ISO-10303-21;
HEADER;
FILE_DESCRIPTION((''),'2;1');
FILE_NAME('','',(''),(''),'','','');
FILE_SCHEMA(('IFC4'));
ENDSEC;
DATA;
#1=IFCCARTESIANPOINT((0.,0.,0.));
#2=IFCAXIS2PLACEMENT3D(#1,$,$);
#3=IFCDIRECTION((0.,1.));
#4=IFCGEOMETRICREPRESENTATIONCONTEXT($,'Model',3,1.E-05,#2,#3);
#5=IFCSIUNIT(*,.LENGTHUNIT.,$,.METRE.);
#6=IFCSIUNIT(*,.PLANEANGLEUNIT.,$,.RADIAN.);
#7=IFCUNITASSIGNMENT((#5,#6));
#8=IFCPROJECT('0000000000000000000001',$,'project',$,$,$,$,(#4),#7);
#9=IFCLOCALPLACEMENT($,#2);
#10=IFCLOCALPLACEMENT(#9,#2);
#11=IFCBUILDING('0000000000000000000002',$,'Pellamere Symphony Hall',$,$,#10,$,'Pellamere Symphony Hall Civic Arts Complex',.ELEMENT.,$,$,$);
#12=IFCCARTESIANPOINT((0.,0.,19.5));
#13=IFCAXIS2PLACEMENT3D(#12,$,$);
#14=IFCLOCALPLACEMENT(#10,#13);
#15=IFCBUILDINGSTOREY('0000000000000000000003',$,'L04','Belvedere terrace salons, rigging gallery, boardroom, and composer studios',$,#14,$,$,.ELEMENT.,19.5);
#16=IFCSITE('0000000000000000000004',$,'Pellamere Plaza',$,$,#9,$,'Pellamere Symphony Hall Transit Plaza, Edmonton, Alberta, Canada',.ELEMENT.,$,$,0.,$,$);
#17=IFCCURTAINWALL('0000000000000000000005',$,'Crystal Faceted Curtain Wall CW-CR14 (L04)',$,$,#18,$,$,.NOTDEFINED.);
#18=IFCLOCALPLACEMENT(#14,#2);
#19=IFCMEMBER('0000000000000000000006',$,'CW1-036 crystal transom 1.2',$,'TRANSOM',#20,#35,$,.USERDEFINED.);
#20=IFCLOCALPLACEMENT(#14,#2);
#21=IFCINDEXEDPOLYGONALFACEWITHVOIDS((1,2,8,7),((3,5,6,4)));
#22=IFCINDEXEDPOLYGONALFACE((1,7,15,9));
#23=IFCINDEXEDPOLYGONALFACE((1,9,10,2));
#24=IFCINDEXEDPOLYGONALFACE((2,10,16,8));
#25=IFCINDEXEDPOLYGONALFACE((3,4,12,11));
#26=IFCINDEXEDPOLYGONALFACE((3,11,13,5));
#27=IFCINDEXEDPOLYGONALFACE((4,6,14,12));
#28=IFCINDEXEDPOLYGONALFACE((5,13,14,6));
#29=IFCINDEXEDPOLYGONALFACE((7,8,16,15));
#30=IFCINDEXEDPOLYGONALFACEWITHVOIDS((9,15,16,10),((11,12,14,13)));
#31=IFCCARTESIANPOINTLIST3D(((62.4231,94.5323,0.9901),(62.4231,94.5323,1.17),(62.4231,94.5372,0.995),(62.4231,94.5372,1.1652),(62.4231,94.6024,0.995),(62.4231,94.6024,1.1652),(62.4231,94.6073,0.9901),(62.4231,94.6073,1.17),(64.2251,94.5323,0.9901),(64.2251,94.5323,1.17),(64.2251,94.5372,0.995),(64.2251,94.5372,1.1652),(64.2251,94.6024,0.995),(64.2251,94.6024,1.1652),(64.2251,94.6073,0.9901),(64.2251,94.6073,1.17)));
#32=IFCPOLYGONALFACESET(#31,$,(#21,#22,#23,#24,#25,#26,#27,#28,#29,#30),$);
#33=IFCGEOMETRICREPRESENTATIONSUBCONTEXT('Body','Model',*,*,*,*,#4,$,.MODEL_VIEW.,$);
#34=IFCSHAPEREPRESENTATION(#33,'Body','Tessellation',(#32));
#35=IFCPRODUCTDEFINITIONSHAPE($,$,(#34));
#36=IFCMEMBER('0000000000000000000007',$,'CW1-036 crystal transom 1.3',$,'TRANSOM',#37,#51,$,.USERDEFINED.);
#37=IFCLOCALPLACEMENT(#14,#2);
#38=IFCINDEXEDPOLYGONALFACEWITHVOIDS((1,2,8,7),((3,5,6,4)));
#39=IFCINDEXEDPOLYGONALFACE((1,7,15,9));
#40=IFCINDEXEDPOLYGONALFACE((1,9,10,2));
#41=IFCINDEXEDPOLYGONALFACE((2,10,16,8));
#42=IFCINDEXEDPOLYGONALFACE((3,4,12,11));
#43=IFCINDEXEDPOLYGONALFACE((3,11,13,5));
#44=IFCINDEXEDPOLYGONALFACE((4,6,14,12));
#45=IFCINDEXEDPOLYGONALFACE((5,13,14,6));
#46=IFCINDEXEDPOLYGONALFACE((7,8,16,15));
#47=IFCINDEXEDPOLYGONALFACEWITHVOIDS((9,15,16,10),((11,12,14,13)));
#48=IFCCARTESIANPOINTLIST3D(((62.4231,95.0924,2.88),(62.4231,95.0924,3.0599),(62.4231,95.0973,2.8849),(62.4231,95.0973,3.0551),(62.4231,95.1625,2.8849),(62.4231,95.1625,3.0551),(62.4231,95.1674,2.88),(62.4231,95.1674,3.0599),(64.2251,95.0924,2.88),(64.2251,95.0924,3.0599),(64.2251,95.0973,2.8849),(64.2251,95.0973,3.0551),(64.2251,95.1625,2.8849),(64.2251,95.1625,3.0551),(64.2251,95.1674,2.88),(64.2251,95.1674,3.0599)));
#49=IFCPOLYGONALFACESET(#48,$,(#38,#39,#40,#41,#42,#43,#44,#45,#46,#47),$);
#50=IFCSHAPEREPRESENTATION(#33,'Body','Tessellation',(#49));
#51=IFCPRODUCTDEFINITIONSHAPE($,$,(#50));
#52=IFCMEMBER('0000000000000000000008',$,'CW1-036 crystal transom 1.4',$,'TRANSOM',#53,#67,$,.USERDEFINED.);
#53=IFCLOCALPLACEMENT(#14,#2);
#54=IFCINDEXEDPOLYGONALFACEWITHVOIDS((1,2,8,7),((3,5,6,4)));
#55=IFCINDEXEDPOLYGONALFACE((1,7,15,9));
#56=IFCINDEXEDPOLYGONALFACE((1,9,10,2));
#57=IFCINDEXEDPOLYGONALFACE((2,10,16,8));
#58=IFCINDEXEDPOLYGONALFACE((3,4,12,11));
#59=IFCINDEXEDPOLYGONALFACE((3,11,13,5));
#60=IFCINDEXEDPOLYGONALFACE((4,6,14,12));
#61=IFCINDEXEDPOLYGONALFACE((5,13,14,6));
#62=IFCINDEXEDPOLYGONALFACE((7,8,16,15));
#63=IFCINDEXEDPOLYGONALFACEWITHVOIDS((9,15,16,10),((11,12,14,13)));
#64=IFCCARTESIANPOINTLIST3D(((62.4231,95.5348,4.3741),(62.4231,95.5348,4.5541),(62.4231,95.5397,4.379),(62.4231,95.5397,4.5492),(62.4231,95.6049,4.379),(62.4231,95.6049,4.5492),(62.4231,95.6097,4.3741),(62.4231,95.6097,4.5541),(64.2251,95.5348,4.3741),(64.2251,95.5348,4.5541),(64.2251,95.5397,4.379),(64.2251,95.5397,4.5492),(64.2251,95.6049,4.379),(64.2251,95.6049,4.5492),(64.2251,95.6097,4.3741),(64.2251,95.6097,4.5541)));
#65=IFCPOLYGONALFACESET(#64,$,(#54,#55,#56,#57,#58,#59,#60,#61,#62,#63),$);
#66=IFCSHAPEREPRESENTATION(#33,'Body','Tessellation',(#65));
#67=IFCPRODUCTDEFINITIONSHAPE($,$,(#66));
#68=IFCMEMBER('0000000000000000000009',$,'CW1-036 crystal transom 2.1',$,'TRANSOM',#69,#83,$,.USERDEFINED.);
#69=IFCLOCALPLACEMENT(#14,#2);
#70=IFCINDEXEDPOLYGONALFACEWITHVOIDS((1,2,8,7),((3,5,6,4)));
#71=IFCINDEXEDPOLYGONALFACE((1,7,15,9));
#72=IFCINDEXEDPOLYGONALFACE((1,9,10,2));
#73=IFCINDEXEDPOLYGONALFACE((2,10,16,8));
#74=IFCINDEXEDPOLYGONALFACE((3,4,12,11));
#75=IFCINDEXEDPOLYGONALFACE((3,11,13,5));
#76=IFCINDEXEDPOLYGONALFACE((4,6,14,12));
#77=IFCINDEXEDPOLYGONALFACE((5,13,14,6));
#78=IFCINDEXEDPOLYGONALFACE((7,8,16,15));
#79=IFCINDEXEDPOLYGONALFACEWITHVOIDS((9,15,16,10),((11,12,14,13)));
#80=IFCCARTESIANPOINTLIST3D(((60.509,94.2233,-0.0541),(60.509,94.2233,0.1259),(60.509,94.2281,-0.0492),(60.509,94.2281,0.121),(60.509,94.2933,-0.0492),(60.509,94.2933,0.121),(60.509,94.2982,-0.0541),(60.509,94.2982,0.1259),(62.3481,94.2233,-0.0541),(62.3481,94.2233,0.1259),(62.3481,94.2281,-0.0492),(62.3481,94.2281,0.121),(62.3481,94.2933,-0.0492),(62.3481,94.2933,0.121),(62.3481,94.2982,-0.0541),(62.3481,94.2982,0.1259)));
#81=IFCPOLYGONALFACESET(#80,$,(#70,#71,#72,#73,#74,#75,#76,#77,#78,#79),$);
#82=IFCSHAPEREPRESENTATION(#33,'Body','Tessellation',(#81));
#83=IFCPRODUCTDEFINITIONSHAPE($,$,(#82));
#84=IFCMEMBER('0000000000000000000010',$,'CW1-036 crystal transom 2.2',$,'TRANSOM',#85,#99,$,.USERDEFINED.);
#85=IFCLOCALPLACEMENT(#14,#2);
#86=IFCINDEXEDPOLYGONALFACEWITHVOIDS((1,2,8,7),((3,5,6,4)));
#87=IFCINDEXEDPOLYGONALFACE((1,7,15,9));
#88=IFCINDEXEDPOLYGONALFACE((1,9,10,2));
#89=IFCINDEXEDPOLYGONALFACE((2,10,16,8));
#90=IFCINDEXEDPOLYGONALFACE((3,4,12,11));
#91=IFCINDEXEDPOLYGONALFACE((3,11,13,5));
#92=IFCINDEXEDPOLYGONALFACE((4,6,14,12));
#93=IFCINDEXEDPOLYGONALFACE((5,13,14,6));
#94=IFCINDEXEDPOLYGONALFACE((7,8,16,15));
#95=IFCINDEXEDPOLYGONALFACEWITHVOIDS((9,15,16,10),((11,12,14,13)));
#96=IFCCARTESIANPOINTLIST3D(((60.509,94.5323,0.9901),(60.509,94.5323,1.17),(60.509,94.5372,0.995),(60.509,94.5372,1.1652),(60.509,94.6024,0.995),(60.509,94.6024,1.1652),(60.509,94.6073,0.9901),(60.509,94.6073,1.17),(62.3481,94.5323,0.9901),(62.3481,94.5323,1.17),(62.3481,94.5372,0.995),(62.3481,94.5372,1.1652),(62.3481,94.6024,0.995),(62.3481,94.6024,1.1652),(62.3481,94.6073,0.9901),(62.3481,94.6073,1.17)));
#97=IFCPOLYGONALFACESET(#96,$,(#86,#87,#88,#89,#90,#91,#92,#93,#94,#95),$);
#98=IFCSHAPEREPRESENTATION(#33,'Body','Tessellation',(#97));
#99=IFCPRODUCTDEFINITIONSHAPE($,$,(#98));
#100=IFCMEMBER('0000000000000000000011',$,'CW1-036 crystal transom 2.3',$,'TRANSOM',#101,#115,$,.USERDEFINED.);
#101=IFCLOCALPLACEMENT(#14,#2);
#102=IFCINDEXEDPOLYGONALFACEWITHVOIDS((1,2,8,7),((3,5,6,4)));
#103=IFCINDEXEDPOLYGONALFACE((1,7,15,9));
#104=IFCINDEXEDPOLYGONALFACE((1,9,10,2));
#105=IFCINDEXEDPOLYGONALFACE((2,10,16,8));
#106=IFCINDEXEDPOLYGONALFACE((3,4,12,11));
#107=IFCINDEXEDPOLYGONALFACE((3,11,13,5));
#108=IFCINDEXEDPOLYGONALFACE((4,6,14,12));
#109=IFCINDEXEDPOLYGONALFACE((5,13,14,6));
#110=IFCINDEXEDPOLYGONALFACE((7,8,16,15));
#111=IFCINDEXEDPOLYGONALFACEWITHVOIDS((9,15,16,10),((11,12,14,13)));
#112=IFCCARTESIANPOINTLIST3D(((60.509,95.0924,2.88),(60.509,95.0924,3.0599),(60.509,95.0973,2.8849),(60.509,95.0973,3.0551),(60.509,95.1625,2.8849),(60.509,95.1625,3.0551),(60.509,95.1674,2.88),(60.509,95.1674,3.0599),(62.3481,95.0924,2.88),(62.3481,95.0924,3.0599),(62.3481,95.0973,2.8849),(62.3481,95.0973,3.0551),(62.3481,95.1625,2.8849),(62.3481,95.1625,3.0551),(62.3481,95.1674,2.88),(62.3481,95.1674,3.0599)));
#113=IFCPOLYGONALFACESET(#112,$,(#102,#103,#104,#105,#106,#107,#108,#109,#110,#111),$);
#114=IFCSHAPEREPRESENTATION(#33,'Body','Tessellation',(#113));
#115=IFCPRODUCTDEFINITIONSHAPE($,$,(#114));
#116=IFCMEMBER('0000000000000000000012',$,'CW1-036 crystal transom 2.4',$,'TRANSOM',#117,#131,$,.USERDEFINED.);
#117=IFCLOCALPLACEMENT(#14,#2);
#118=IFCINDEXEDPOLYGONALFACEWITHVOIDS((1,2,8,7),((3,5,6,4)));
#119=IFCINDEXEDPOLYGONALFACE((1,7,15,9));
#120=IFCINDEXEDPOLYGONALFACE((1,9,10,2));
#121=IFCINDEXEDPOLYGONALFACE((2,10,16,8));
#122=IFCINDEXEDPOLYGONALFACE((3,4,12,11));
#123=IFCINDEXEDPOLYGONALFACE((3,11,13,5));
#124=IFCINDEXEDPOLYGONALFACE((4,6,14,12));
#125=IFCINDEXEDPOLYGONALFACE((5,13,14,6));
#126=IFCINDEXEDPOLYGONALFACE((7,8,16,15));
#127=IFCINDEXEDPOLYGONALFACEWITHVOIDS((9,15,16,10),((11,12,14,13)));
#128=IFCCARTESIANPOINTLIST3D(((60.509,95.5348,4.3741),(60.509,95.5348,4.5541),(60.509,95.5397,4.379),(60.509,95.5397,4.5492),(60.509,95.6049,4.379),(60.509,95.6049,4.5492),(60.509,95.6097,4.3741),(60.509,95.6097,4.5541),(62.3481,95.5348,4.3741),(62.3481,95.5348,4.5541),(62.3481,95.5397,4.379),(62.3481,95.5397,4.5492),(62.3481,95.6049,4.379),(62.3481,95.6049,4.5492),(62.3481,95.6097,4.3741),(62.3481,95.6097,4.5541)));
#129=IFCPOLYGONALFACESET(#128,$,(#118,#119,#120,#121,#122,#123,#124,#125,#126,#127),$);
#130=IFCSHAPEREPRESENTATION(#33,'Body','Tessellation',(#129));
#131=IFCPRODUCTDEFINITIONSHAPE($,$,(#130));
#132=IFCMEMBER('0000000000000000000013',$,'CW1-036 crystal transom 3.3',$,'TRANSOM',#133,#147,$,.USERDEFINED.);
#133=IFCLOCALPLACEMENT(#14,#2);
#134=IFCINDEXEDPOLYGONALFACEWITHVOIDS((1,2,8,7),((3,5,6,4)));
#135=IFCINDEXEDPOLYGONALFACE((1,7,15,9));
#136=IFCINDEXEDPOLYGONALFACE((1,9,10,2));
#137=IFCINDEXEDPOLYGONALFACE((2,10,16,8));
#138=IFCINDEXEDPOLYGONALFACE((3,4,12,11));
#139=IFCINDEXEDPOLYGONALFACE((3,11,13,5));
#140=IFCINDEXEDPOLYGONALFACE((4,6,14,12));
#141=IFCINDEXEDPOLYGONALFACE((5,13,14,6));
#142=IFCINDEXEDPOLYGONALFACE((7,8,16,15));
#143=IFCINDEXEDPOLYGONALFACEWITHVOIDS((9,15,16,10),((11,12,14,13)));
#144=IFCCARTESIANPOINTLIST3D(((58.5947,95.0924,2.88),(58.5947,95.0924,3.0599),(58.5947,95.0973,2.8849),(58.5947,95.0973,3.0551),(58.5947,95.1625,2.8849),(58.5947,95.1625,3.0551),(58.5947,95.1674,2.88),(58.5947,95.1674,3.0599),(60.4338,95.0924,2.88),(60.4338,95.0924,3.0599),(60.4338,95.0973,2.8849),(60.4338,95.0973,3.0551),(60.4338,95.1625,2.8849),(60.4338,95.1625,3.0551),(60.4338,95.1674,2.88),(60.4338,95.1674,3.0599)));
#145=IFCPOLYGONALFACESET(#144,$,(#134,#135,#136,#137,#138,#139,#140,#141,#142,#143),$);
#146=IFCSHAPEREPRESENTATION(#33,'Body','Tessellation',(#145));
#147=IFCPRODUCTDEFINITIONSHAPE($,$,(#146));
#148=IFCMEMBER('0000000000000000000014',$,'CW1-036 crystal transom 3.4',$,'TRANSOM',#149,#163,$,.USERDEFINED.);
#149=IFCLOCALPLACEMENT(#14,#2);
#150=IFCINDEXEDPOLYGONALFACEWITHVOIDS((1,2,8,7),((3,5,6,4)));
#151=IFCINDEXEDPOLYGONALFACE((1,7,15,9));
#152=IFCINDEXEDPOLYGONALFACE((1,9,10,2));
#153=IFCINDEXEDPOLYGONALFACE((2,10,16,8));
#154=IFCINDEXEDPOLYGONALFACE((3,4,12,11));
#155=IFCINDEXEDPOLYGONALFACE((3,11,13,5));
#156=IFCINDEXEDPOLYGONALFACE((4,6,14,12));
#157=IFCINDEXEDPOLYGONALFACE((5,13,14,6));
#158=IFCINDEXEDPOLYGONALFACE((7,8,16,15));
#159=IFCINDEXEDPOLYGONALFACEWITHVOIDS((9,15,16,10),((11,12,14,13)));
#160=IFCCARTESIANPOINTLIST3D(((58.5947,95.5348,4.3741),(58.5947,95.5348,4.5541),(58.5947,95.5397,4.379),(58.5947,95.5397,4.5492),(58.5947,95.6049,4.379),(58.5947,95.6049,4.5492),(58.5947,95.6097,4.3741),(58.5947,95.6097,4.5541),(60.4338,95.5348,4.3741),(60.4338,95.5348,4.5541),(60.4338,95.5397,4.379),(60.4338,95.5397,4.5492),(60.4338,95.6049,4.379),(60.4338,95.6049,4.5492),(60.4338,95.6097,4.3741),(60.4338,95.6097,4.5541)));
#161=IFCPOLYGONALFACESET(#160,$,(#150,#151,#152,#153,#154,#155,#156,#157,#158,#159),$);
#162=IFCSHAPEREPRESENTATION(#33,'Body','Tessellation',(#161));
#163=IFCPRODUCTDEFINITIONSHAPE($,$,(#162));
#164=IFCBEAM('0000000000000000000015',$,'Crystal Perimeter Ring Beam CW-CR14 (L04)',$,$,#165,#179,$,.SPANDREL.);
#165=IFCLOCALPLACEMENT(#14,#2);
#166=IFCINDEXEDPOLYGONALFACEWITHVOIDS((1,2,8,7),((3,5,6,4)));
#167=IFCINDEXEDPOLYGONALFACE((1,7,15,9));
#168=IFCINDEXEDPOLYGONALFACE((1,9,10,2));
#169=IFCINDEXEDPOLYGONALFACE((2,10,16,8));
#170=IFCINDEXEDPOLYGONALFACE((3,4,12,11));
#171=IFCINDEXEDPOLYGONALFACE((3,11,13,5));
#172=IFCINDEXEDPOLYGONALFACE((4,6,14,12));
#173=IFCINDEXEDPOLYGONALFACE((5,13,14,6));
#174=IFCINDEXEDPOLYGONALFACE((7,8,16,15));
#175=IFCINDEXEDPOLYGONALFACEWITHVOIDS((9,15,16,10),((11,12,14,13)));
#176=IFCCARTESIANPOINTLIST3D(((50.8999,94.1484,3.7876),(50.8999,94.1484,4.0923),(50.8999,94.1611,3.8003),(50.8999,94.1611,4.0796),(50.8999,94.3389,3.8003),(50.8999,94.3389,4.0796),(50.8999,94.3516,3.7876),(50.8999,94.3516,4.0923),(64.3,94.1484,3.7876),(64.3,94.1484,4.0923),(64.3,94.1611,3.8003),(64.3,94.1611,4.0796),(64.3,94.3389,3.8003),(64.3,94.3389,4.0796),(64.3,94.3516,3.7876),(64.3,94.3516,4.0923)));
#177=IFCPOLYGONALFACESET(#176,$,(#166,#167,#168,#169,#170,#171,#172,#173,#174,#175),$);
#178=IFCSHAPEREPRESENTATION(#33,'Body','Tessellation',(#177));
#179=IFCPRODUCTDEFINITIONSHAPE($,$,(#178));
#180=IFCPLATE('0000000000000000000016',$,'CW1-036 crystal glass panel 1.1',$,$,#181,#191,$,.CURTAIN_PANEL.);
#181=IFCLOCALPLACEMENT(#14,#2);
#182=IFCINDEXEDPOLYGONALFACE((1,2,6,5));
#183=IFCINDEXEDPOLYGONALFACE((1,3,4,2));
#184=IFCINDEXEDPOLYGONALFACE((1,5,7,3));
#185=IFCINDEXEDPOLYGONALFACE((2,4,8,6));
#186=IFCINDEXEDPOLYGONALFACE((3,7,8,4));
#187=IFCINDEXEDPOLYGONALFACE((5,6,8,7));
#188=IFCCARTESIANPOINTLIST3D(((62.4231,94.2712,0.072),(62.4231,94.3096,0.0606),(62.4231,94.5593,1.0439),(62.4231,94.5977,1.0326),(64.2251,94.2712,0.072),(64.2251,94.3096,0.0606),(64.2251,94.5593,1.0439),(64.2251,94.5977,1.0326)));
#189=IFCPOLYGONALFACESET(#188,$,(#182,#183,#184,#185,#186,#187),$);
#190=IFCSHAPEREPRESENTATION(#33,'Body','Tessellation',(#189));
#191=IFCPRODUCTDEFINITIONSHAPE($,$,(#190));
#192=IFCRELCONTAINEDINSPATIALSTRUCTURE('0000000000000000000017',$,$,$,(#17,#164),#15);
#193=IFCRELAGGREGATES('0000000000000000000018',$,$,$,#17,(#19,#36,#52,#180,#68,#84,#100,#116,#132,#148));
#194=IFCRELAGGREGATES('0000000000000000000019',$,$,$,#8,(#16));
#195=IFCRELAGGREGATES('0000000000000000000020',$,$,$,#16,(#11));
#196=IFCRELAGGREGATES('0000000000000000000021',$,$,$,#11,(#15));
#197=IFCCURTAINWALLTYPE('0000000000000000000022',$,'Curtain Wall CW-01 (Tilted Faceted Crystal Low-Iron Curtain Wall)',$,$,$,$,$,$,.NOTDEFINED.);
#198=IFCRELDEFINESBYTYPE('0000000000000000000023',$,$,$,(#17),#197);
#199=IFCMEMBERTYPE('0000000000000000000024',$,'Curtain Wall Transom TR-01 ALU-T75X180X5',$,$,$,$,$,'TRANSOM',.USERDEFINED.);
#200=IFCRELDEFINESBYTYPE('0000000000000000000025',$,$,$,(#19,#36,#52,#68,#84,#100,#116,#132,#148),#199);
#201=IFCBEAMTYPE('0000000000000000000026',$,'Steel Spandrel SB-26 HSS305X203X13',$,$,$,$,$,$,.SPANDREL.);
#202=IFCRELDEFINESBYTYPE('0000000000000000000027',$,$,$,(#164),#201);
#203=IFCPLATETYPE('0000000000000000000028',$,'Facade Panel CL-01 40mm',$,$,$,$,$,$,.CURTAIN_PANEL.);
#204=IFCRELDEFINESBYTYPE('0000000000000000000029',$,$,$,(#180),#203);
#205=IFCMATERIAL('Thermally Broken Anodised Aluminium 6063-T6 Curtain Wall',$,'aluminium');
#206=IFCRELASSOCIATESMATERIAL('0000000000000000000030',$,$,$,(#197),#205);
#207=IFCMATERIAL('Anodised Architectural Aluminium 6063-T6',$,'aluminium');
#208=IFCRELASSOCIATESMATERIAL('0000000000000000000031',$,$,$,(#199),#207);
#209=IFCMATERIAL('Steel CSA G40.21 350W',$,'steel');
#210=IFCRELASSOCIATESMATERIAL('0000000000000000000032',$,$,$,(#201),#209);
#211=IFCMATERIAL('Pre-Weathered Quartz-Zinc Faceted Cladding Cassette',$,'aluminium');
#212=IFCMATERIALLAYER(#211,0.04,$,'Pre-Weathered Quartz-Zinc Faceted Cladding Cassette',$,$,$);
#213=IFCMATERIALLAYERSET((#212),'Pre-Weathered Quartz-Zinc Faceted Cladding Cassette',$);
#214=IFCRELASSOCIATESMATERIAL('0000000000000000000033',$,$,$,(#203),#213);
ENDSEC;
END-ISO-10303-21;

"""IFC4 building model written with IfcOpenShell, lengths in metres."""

from ifc_helpers import new_model, si_unit, direction, frame, origin, origin_2d, place, context, subcontext, project, spatial, polyline, hollow_rectangle, outline, extrude, material, layer, layer_set, material_profile, profile_set, type_object, element, aggregate, save


model = new_model("IFC4")

# Units and contexts
model_context = context("Model", 3, precision=1e-05, world=origin(), true_north=direction((0.0, 1.0)))
body_context = subcontext(model_context, "Body", "Model", "MODEL_VIEW")
ifc_project = project(units=[si_unit("LENGTHUNIT", "METRE"), si_unit("PLANEANGLEUNIT", "RADIAN")], contexts=[model_context])

# Site, building, storey
site_placement = place(None, origin())
site = spatial("IfcSite", under=ifc_project, at=site_placement, Name="Pellamere Plaza", LongName="Pellamere Symphony Hall Transit Plaza, Edmonton, Alberta, Canada", CompositionType="ELEMENT", RefElevation=0.0)
building_placement = place(site_placement, origin())
building = spatial("IfcBuilding", under=site, at=building_placement, Name="Pellamere Symphony Hall", LongName="Pellamere Symphony Hall Civic Arts Complex", CompositionType="ELEMENT")
storey_placement = place(building_placement, frame((0.0, 0.0, 19.5)))
storey = spatial("IfcBuildingStorey", under=building, at=storey_placement, Name="L04", Description="Belvedere terrace salons, rigging gallery, boardroom, and composer studios", CompositionType="ELEMENT", Elevation=19.5)

# Curtain wall
ifc_material_1 = material(Name="Thermally Broken Anodised Aluminium 6063-T6 Curtain Wall", Category="aluminium")
curtain_wall_type = type_object("IfcCurtainWallType", Name="Curtain Wall CW-01 (Tilted Faceted Crystal Low-Iron Curtain Wall)", PredefinedType="NOTDEFINED", material=ifc_material_1)
ifc_material_2 = material(Name="Anodised Architectural Aluminium 6063-T6", Category="aluminium")
curtain_wall_1_placement = place(storey_placement, origin())
curtain_wall_1 = element("IfcCurtainWall", 1, at=curtain_wall_1_placement, inside=storey, type_object=curtain_wall_type, Name="Crystal Faceted Curtain Wall CW-CR14 (L04)", PredefinedType="NOTDEFINED")

# Members
ifc_material_profile_1 = material_profile(ifc_material_2, hollow_rectangle(XDim=0.075, YDim=0.1799, WallThickness=0.0049, at=origin_2d()), Name="ALU-T75X180X5")
ifc_profile_set_1 = profile_set([ifc_material_profile_1], Name="Anodised Architectural Aluminium 6063-T6")
member_type_1 = type_object("IfcMemberType", Name="Curtain Wall Transom TR-01 ALU-T75X180X5", ElementType="TRANSOM", PredefinedType="USERDEFINED", material=ifc_profile_set_1)
member_1_placement = place(storey_placement, frame((64.2251, 94.5698, 1.0801), z_axis=(-1.0, 0.0, 0.0), x_axis=(0.0, -1.0, 0.0)))
member_1 = element("IfcMember", 2, at=member_1_placement, type_object=member_type_1, Name="CW1-036 crystal transom 1.2", ObjectType="TRANSOM", PredefinedType="USERDEFINED", context=body_context, shape_type="SweptSolid", body=[
    extrude(hollow_rectangle(XDim=0.075, YDim=0.1799, WallThickness=0.0049, at=origin_2d()), origin(), (0.0, 0.0, 1.0), 1.802),
])
member_2_placement = place(storey_placement, frame((64.2251, 95.1299, 2.97), z_axis=(-1.0, 0.0, 0.0), x_axis=(0.0, -1.0, 0.0)))
member_2 = element("IfcMember", 3, at=member_2_placement, type_object=member_type_1, Name="CW1-036 crystal transom 1.3", ObjectType="TRANSOM", PredefinedType="USERDEFINED", context=body_context, shape_type="SweptSolid", body=[
    extrude(hollow_rectangle(XDim=0.075, YDim=0.1799, WallThickness=0.0049, at=origin_2d()), origin(), (0.0, 0.0, 1.0), 1.802),
])
member_3_placement = place(storey_placement, frame((64.2251, 95.5723, 4.4641), z_axis=(-1.0, 0.0, 0.0), x_axis=(0.0, -1.0, 0.0)))
member_3 = element("IfcMember", 4, at=member_3_placement, type_object=member_type_1, Name="CW1-036 crystal transom 1.4", ObjectType="TRANSOM", PredefinedType="USERDEFINED", context=body_context, shape_type="SweptSolid", body=[
    extrude(hollow_rectangle(XDim=0.075, YDim=0.1799, WallThickness=0.0049, at=origin_2d()), origin(), (0.0, 0.0, 1.0), 1.802),
])
member_4_placement = place(storey_placement, frame((62.3481, 94.2607, 0.0359), z_axis=(-1.0, 0.0, 0.0), x_axis=(0.0, -1.0, 0.0)))
member_4 = element("IfcMember", 5, at=member_4_placement, type_object=member_type_1, Name="CW1-036 crystal transom 2.1", ObjectType="TRANSOM", PredefinedType="USERDEFINED", context=body_context, shape_type="SweptSolid", body=[
    extrude(hollow_rectangle(XDim=0.075, YDim=0.1799, WallThickness=0.0049, at=origin_2d()), origin(), (0.0, 0.0, 1.0), 1.8391),
])
member_5_placement = place(storey_placement, frame((62.3481, 94.5698, 1.0801), z_axis=(-1.0, 0.0, 0.0), x_axis=(0.0, -1.0, 0.0)))
member_5 = element("IfcMember", 6, at=member_5_placement, type_object=member_type_1, Name="CW1-036 crystal transom 2.2", ObjectType="TRANSOM", PredefinedType="USERDEFINED", context=body_context, shape_type="SweptSolid", body=[
    extrude(hollow_rectangle(XDim=0.075, YDim=0.1799, WallThickness=0.0049, at=origin_2d()), origin(), (0.0, 0.0, 1.0), 1.8391),
])
member_6_placement = place(storey_placement, frame((62.3481, 95.1299, 2.97), z_axis=(-1.0, 0.0, 0.0), x_axis=(0.0, -1.0, 0.0)))
member_6 = element("IfcMember", 7, at=member_6_placement, type_object=member_type_1, Name="CW1-036 crystal transom 2.3", ObjectType="TRANSOM", PredefinedType="USERDEFINED", context=body_context, shape_type="SweptSolid", body=[
    extrude(hollow_rectangle(XDim=0.075, YDim=0.1799, WallThickness=0.0049, at=origin_2d()), origin(), (0.0, 0.0, 1.0), 1.8391),
])
member_7_placement = place(storey_placement, frame((62.3481, 95.5723, 4.4641), z_axis=(-1.0, 0.0, 0.0), x_axis=(0.0, -1.0, 0.0)))
member_7 = element("IfcMember", 8, at=member_7_placement, type_object=member_type_1, Name="CW1-036 crystal transom 2.4", ObjectType="TRANSOM", PredefinedType="USERDEFINED", context=body_context, shape_type="SweptSolid", body=[
    extrude(hollow_rectangle(XDim=0.075, YDim=0.1799, WallThickness=0.0049, at=origin_2d()), origin(), (0.0, 0.0, 1.0), 1.8391),
])
member_8_placement = place(storey_placement, frame((60.4338, 95.1299, 2.97), z_axis=(-1.0, 0.0, 0.0), x_axis=(0.0, -1.0, 0.0)))
member_8 = element("IfcMember", 9, at=member_8_placement, type_object=member_type_1, Name="CW1-036 crystal transom 3.3", ObjectType="TRANSOM", PredefinedType="USERDEFINED", context=body_context, shape_type="SweptSolid", body=[
    extrude(hollow_rectangle(XDim=0.075, YDim=0.1799, WallThickness=0.0049, at=origin_2d()), origin(), (0.0, 0.0, 1.0), 1.8391),
])
member_9_placement = place(storey_placement, frame((60.4338, 95.5723, 4.4641), z_axis=(-1.0, 0.0, 0.0), x_axis=(0.0, -1.0, 0.0)))
member_9 = element("IfcMember", 10, at=member_9_placement, type_object=member_type_1, Name="CW1-036 crystal transom 3.4", ObjectType="TRANSOM", PredefinedType="USERDEFINED", context=body_context, shape_type="SweptSolid", body=[
    extrude(hollow_rectangle(XDim=0.075, YDim=0.1799, WallThickness=0.0049, at=origin_2d()), origin(), (0.0, 0.0, 1.0), 1.8391),
])

# Beam
ifc_material_3 = material(Name="Steel CSA G40.21 350W", Category="steel")
ifc_material_profile_2 = material_profile(ifc_material_3, hollow_rectangle(XDim=0.2031, YDim=0.3047, WallThickness=0.0127, at=origin_2d()), Name="HSS305X203X13")
ifc_profile_set_2 = profile_set([ifc_material_profile_2], Name="Steel CSA G40.21 350W")
beam_type = type_object("IfcBeamType", Name="Steel Spandrel SB-26 HSS305X203X13", PredefinedType="SPANDREL", material=ifc_profile_set_2)
beam_placement = place(storey_placement, frame((64.3, 94.25, 3.9399), z_axis=(-1.0, 0.0, 0.0), x_axis=(0.0, -1.0, 0.0)))
element("IfcBeam", 11, at=beam_placement, inside=storey, type_object=beam_type, Name="Crystal Perimeter Ring Beam CW-CR14 (L04)", PredefinedType="SPANDREL", context=body_context, shape_type="SweptSolid", body=[
    extrude(hollow_rectangle(XDim=0.2031, YDim=0.3047, WallThickness=0.0127, at=origin_2d()), origin(), (0.0, 0.0, 1.0), 13.4001),
])

# Plate
ifc_material_4 = material(Name="Pre-Weathered Quartz-Zinc Faceted Cladding Cassette", Category="aluminium")
ifc_layer_1 = layer(ifc_material_4, 0.04, Name="Pre-Weathered Quartz-Zinc Faceted Cladding Cassette")
ifc_layer_set_1 = layer_set([ifc_layer_1], Name="Pre-Weathered Quartz-Zinc Faceted Cladding Cassette")
plate_type_1 = type_object("IfcPlateType", Name="Facade Panel CL-01 40mm", PredefinedType="CURTAIN_PANEL", material=ifc_layer_set_1)
plate_1_placement = place(storey_placement, frame((64.2251, 94.2712, 0.072), z_axis=(0.0, -0.958769, 0.284187), x_axis=(-1.0, 0.0, 0.0)))
plate_1 = element("IfcPlate", 12, at=plate_1_placement, type_object=plate_type_1, Name="CW1-036 crystal glass panel 1.1", PredefinedType="CURTAIN_PANEL", context=body_context, shape_type="SweptSolid", body=[
    extrude(outline(polyline([(0.0, 0.0), (1.802, 0.0), (1.802, -1.0137), (0.0, -1.0137), (0.0, 0.0)])), origin(), (0.0, 0.0, -1.0), 0.04),
])
aggregate(curtain_wall_1, [member_1, member_2, member_3, plate_1, member_4, member_5, member_6, member_7, member_8, member_9])

save(model, "model.ifc")
